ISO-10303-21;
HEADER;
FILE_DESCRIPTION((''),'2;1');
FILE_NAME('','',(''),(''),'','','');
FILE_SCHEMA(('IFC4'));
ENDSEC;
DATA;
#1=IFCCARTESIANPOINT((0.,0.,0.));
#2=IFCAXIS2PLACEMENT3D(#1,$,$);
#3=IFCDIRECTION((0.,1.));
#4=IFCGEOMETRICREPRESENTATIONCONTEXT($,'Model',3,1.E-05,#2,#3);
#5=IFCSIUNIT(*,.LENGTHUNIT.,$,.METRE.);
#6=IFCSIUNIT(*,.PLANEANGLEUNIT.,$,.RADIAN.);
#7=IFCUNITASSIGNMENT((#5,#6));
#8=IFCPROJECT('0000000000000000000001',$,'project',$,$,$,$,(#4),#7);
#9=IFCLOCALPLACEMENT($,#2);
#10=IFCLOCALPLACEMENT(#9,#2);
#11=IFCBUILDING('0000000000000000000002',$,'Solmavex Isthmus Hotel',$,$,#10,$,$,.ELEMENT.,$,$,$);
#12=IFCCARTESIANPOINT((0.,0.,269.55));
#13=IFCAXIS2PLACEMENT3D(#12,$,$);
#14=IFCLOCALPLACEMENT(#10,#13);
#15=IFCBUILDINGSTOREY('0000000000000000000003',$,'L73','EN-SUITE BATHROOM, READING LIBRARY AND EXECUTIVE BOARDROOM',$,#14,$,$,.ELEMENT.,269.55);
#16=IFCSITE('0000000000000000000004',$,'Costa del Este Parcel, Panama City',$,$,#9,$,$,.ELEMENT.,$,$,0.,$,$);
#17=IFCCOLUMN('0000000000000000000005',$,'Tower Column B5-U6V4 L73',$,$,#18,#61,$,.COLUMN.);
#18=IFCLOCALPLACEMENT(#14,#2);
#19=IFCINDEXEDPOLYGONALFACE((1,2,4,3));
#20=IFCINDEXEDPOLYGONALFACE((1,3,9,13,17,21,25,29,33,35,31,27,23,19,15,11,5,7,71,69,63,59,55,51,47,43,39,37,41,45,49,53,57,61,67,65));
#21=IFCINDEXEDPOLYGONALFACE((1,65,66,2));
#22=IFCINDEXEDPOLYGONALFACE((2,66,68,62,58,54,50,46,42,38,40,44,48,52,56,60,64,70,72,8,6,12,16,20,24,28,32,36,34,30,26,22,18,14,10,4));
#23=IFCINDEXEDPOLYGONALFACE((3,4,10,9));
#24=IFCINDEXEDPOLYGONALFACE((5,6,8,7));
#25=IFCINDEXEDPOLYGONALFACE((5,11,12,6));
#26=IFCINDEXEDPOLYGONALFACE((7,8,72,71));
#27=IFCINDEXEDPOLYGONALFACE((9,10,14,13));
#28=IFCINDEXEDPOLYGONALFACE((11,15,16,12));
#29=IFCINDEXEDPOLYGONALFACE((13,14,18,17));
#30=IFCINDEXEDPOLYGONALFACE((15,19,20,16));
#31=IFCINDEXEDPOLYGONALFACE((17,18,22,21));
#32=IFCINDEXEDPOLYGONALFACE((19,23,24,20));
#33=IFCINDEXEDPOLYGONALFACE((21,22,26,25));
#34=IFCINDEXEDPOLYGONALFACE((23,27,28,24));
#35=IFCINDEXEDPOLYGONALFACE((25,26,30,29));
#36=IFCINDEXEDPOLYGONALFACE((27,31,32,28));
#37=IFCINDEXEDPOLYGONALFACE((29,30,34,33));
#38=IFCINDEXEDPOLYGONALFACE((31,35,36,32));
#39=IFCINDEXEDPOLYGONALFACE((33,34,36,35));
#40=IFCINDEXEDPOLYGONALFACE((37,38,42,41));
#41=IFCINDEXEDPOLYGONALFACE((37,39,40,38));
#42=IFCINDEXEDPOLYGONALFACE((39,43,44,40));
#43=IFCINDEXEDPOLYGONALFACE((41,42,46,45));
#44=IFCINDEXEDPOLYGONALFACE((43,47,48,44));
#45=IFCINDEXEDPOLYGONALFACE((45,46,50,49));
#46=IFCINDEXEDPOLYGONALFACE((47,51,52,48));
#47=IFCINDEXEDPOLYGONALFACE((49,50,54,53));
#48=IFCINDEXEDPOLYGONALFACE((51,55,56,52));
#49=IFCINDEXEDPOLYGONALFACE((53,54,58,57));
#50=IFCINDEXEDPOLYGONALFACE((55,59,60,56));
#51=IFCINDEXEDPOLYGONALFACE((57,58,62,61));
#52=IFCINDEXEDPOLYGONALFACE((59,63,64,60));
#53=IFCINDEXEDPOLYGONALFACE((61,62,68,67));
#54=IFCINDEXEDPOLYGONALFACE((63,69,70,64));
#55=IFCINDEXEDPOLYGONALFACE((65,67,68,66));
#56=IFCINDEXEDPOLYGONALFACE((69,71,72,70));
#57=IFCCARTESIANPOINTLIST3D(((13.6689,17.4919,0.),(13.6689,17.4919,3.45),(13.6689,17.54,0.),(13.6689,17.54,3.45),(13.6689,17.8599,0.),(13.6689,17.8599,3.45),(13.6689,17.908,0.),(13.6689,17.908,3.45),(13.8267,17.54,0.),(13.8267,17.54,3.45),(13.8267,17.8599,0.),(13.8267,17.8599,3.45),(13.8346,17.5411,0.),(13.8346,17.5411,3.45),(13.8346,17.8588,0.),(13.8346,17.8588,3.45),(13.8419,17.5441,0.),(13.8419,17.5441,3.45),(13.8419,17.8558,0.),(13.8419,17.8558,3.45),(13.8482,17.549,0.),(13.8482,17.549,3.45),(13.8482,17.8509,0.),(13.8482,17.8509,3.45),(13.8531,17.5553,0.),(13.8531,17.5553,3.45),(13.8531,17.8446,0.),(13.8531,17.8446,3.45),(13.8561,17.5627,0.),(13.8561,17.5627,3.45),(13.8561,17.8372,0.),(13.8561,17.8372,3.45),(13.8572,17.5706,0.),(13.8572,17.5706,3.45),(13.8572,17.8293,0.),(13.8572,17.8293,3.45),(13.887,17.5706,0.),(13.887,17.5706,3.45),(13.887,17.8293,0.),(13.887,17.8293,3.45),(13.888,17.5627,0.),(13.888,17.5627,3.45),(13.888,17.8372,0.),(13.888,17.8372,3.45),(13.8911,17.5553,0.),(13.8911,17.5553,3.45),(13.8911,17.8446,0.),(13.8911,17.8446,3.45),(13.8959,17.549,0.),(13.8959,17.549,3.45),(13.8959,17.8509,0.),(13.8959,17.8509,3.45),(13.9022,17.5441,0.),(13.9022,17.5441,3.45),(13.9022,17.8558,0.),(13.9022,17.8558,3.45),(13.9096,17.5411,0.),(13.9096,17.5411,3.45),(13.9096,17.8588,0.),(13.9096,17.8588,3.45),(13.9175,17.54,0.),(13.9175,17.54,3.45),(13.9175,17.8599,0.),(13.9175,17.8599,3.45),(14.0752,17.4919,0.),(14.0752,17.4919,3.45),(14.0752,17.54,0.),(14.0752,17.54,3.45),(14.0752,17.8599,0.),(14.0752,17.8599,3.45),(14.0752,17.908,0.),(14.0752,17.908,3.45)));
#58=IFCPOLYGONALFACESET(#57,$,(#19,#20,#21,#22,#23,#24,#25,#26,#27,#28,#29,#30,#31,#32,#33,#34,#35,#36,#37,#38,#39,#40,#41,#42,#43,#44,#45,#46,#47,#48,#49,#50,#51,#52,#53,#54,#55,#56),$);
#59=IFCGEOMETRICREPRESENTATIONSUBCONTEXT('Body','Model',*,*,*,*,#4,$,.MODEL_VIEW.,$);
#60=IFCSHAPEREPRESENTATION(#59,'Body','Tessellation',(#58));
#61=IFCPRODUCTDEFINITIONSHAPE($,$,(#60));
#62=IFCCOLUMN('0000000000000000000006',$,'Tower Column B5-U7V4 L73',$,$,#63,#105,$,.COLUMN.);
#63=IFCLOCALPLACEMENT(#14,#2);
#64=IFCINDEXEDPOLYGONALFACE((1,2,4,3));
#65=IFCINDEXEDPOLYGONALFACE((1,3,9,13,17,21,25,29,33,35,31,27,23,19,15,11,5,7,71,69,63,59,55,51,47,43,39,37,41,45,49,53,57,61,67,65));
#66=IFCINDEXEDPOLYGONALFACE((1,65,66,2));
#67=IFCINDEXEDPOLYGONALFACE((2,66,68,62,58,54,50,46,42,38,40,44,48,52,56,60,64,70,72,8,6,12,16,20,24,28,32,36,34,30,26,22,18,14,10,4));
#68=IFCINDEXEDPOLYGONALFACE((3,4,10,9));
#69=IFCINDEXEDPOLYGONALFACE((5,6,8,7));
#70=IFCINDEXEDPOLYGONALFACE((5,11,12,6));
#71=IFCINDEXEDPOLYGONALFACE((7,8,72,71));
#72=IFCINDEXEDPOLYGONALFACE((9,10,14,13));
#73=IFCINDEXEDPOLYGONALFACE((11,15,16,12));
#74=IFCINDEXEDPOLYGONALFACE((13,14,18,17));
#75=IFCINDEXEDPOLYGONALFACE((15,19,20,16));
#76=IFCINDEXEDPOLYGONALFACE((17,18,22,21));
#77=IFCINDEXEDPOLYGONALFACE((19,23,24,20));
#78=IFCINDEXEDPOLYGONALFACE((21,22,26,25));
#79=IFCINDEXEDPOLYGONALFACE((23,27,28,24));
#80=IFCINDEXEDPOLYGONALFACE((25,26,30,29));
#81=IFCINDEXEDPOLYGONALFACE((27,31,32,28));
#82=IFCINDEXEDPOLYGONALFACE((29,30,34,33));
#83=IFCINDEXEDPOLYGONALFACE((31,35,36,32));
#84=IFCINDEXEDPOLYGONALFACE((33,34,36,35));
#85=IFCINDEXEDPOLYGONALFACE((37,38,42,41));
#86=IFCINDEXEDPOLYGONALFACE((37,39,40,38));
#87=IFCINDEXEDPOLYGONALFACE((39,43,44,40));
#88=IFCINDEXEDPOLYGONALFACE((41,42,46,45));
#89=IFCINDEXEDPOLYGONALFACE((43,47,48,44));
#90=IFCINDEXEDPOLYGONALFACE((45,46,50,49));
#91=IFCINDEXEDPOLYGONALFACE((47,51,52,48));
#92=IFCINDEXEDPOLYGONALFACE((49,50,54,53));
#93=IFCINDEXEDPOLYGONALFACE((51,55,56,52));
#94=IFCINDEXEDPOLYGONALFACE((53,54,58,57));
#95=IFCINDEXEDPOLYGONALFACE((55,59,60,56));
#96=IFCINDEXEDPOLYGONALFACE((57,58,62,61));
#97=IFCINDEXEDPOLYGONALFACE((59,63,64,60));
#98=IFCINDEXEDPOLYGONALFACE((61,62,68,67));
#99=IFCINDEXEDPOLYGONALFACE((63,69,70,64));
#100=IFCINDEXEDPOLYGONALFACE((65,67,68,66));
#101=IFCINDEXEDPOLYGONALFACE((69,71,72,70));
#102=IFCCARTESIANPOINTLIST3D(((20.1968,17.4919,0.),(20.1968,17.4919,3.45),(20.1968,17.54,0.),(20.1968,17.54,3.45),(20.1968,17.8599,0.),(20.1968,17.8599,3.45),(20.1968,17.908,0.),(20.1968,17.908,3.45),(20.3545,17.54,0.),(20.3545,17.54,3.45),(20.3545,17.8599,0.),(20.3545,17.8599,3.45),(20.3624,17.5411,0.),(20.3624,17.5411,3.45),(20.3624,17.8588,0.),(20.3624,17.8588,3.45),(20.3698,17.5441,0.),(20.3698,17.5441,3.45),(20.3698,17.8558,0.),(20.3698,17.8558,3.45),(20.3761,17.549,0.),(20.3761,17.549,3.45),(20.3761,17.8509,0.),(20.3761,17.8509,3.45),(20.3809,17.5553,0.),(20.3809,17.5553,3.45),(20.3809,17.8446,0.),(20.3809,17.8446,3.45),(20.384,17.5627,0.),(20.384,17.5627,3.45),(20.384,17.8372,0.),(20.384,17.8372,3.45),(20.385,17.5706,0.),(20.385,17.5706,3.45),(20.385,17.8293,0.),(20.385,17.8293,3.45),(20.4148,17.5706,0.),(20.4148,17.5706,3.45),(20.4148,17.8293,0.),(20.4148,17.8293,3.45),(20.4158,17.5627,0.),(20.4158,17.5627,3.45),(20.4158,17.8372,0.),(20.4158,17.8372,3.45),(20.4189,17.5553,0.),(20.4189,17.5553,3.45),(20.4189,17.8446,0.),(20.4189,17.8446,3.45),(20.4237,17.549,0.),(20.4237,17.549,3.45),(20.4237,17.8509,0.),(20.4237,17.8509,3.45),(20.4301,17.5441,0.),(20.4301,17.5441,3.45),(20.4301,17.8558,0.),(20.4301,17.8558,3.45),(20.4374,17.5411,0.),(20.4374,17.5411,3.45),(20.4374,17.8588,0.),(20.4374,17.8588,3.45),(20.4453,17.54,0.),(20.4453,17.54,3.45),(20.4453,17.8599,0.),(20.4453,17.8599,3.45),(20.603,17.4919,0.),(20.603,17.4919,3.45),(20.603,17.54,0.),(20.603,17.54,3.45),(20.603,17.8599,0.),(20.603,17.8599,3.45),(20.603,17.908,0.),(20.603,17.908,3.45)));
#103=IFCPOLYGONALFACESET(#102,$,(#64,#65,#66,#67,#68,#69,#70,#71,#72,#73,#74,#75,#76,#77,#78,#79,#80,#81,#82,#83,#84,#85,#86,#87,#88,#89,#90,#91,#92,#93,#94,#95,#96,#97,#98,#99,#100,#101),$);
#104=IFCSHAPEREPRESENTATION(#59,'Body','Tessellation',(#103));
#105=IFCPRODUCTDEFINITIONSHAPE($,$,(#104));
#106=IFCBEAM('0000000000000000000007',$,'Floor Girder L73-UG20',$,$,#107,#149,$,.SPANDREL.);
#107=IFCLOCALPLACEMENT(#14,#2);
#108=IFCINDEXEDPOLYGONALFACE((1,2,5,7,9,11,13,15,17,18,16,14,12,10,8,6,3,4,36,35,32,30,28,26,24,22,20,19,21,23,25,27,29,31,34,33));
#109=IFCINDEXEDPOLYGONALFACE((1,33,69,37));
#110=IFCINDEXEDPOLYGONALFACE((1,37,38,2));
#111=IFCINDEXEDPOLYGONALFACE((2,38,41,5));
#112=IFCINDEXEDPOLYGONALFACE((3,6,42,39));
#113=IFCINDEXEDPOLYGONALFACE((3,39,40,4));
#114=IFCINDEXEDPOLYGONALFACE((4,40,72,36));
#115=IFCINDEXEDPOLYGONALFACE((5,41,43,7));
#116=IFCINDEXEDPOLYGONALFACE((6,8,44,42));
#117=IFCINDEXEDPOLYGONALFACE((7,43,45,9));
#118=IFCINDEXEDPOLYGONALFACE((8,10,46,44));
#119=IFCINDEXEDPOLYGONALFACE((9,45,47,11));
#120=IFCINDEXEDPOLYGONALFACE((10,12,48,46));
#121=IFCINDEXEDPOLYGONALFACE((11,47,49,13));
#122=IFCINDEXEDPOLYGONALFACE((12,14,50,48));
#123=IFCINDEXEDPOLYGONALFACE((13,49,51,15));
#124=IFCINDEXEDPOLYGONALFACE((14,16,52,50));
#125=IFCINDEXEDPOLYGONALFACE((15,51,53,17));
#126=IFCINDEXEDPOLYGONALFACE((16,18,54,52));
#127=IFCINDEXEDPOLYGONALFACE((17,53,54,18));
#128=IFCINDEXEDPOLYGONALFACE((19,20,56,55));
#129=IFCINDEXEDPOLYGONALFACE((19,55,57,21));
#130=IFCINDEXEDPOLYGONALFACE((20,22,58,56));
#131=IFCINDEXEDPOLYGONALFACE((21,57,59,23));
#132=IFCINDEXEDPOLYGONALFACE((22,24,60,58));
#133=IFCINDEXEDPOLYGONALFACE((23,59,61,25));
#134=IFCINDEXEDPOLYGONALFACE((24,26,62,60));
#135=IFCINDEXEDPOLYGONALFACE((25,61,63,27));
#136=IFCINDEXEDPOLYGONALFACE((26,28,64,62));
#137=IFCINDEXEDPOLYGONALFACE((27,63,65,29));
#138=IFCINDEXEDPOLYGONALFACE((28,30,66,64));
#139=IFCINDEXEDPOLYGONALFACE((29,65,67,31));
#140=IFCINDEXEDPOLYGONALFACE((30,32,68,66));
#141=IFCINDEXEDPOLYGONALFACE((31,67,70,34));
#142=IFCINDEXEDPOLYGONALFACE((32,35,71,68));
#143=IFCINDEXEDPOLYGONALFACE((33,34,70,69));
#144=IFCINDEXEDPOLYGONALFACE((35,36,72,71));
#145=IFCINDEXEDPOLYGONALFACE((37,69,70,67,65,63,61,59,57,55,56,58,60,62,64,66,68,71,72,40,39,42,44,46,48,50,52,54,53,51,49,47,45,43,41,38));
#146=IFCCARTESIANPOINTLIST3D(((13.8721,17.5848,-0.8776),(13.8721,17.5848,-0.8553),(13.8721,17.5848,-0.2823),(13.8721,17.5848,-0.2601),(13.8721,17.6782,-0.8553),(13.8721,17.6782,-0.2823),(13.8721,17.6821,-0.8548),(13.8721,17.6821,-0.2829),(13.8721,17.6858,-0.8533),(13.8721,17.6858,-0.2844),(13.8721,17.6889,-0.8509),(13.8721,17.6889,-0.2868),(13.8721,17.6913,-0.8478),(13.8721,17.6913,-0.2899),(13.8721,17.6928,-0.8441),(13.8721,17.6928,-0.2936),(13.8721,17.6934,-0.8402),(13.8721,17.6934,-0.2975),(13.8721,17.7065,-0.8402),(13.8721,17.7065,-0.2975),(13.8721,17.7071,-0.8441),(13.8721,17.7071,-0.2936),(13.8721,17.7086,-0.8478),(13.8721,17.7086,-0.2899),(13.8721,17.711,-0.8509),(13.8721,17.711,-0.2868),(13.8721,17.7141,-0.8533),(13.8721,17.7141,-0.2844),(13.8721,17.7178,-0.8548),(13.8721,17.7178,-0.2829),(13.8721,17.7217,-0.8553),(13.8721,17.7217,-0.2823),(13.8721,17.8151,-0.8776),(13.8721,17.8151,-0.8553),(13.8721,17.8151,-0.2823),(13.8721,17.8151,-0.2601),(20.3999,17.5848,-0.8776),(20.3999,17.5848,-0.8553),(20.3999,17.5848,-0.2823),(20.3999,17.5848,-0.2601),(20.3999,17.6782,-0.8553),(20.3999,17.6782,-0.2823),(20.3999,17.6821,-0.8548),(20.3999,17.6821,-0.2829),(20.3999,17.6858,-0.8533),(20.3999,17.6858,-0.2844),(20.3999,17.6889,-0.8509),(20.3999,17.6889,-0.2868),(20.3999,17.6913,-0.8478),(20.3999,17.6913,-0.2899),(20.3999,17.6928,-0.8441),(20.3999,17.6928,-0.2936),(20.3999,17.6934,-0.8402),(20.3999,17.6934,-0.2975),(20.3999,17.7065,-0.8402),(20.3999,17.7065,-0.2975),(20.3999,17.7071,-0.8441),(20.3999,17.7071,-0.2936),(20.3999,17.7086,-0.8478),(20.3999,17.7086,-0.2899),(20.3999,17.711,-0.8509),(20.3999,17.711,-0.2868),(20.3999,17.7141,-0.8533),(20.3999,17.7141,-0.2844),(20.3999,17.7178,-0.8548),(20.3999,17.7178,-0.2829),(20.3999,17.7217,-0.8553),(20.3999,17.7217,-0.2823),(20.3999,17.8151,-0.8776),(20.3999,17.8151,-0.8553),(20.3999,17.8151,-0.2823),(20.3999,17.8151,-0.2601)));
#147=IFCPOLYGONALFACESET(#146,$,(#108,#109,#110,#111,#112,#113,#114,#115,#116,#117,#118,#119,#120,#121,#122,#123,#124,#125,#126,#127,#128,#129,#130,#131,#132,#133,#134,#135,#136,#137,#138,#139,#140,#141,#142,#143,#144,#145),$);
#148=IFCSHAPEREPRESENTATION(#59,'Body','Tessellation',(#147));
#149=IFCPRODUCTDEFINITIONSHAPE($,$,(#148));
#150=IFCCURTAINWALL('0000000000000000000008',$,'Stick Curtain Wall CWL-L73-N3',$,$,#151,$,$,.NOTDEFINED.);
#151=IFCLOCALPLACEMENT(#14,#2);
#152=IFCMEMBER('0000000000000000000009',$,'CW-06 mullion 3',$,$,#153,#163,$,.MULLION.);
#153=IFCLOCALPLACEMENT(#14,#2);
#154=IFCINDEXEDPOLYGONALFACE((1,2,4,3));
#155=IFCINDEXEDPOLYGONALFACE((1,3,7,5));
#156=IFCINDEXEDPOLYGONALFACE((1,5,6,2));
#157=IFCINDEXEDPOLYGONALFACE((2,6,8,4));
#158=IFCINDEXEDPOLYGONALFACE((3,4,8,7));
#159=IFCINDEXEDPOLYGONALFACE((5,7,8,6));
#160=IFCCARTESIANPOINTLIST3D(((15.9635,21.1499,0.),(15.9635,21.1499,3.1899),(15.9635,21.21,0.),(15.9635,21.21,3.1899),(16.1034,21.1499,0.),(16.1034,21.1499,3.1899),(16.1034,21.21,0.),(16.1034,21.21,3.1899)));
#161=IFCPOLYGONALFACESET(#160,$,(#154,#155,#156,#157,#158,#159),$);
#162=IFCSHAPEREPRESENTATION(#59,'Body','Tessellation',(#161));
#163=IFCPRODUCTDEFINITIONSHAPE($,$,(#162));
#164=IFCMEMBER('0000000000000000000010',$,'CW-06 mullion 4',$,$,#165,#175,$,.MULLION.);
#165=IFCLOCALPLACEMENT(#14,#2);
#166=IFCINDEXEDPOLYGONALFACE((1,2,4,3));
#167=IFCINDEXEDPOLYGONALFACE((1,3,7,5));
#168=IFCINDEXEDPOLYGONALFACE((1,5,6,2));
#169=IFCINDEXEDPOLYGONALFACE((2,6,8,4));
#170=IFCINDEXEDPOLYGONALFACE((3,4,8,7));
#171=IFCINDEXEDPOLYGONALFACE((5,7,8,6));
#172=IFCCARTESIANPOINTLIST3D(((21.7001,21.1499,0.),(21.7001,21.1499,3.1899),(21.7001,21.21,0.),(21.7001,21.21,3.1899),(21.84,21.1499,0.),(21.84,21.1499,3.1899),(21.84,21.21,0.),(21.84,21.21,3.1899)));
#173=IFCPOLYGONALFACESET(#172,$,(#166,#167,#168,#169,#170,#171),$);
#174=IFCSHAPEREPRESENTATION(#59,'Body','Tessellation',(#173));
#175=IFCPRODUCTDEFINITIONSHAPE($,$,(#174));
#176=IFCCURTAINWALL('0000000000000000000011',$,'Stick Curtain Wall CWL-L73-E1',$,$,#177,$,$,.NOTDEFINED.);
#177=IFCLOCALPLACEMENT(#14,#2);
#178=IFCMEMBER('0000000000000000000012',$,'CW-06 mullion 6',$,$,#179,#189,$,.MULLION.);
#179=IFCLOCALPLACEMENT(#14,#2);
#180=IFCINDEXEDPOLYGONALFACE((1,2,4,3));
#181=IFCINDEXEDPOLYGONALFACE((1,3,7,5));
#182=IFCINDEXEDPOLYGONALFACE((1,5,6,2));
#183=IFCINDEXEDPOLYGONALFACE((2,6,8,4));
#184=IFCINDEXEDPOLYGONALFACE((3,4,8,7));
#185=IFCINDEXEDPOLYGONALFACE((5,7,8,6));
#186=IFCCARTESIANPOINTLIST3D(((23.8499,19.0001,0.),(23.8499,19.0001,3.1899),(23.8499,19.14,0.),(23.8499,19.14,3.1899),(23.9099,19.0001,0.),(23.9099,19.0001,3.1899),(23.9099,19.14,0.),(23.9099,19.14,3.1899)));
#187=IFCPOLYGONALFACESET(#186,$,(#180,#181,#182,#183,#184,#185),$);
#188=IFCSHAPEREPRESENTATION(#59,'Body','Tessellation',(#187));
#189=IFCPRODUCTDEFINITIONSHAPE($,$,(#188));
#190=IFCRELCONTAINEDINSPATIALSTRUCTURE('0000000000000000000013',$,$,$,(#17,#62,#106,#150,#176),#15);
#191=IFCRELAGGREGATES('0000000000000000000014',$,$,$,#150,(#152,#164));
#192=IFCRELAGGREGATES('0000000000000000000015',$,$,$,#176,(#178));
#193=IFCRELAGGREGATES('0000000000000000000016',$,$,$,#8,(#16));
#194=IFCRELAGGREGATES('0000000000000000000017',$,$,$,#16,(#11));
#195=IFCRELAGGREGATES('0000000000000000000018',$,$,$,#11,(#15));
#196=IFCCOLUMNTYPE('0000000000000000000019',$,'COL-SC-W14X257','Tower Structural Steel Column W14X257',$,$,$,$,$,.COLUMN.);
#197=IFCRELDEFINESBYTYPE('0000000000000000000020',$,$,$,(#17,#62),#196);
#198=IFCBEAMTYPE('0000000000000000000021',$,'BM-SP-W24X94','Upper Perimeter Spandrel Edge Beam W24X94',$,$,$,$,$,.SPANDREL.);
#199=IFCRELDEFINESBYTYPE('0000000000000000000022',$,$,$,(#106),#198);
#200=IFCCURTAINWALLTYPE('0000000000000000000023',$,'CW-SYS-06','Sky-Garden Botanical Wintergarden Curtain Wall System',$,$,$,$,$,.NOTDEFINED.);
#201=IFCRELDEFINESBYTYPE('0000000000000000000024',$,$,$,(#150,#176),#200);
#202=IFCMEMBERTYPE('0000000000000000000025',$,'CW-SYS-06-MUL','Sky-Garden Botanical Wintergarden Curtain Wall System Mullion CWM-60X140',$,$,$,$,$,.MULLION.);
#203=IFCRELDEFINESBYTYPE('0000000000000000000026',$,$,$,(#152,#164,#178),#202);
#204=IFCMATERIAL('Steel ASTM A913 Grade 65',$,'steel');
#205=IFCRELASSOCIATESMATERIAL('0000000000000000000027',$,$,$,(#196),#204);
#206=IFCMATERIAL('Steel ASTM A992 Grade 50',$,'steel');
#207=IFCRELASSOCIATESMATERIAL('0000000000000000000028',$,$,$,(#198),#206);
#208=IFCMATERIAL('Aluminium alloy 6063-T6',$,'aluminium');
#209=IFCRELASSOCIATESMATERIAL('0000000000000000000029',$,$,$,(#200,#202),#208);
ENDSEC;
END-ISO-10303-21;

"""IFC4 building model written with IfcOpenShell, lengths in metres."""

from ifc_helpers import new_model, si_unit, direction, frame, origin, origin_2d, place, context, subcontext, project, spatial, rectangle, i_section, extrude, material, material_profile, profile_set, type_object, element, aggregate, save


model = new_model("IFC4")

# Units and contexts
model_context = context("Model", 3, precision=1e-05, world=origin(), true_north=direction((0.0, 1.0)))
body_context = subcontext(model_context, "Body", "Model", "MODEL_VIEW")
ifc_project = project(units=[si_unit("LENGTHUNIT", "METRE"), si_unit("PLANEANGLEUNIT", "RADIAN")], contexts=[model_context])

# Site, building, storey
site_placement = place(None, origin())
site = spatial("IfcSite", under=ifc_project, at=site_placement, Name="Costa del Este Parcel, Panama City", CompositionType="ELEMENT", RefElevation=0.0)
building_placement = place(site_placement, origin())
building = spatial("IfcBuilding", under=site, at=building_placement, Name="Solmavex Isthmus Hotel", CompositionType="ELEMENT")
storey_placement = place(building_placement, frame((0.0, 0.0, 269.55)))
storey = spatial("IfcBuildingStorey", under=building, at=storey_placement, Name="L73", Description="EN-SUITE BATHROOM, READING LIBRARY AND EXECUTIVE BOARDROOM", CompositionType="ELEMENT", Elevation=269.55)

# Columns
ifc_material_1 = material(Name="Steel ASTM A913 Grade 65", Category="steel")
ifc_material_profile_1 = material_profile(ifc_material_1, i_section(OverallWidth=0.4062, OverallDepth=0.416, WebThickness=0.0298, FlangeThickness=0.0481, FilletRadius=0.0305, at=origin_2d()), Name="W14X257")
ifc_profile_set_1 = profile_set([ifc_material_profile_1], Name="Steel ASTM A913 Grade 65")
column_type = type_object("IfcColumnType", Name="COL-SC-W14X257", Description="Tower Structural Steel Column W14X257", PredefinedType="COLUMN", material=ifc_profile_set_1)
for number, where, z_axis, x_axis, name in (
    (1, (13.8721, 17.7, 0.0), (0.0, 0.0, 1.0), (1.0, 0.0, 0.0), "Tower Column B5-U6V4 L73"),
    (2, (20.3999, 17.7, 0.0), (0.0, 0.0, 1.0), (1.0, 0.0, 0.0), "Tower Column B5-U7V4 L73"),
):
    element("IfcColumn", number, at=place(storey_placement, frame(where, z_axis=z_axis, x_axis=x_axis)), inside=storey, type_object=column_type, Name=name, PredefinedType="COLUMN", context=body_context, shape_type="SweptSolid", body=[
        extrude(i_section(OverallWidth=0.4062, OverallDepth=0.416, WebThickness=0.0298, FlangeThickness=0.0481, FilletRadius=0.0305, at=origin_2d()), origin(), (0.0, 0.0, 1.0), 3.45),
    ])

# Beam
ifc_material_2 = material(Name="Steel ASTM A992 Grade 50", Category="steel")
ifc_material_profile_2 = material_profile(ifc_material_2, i_section(OverallWidth=0.2302, OverallDepth=0.6174, WebThickness=0.0132, FlangeThickness=0.0222, FilletRadius=0.0151, at=origin_2d()), Name="W24X94")
ifc_profile_set_2 = profile_set([ifc_material_profile_2], Name="Steel ASTM A992 Grade 50")
beam_type = type_object("IfcBeamType", Name="BM-SP-W24X94", Description="Upper Perimeter Spandrel Edge Beam W24X94", PredefinedType="SPANDREL", material=ifc_profile_set_2)
beam_placement = place(storey_placement, frame((13.8721, 17.7, -0.5688), z_axis=(1.0, 0.0, 0.0), x_axis=(0.0, 1.0, 0.0)))
element("IfcBeam", 3, at=beam_placement, inside=storey, type_object=beam_type, Name="Floor Girder L73-UG20", PredefinedType="SPANDREL", context=body_context, shape_type="SweptSolid", body=[
    extrude(i_section(OverallWidth=0.2302, OverallDepth=0.6174, WebThickness=0.0132, FlangeThickness=0.0222, FilletRadius=0.0151, at=origin_2d()), origin(), (0.0, 0.0, 1.0), 6.5278),
])

# Curtain wall, members
ifc_material_3 = material(Name="Aluminium alloy 6063-T6", Category="aluminium")
curtain_wall_type = type_object("IfcCurtainWallType", Name="CW-SYS-06", Description="Sky-Garden Botanical Wintergarden Curtain Wall System", PredefinedType="NOTDEFINED", material=ifc_material_3)
curtain_wall_1_placement = place(storey_placement, origin())
curtain_wall_1 = element("IfcCurtainWall", 4, at=curtain_wall_1_placement, inside=storey, type_object=curtain_wall_type, Name="Stick Curtain Wall CWL-L73-N3", PredefinedType="NOTDEFINED")
ifc_material_profile_3 = material_profile(ifc_material_3, rectangle(XDim=0.0601, YDim=0.1399, at=origin_2d()), Name="CWM-60X140")
ifc_profile_set_3 = profile_set([ifc_material_profile_3], Name="Aluminium alloy 6063-T6")
member_type_1 = type_object("IfcMemberType", Name="CW-SYS-06-MUL", Description="Sky-Garden Botanical Wintergarden Curtain Wall System Mullion CWM-60X140", PredefinedType="MULLION", material=ifc_profile_set_3)
member_1_placement = place(storey_placement, frame((16.0334, 21.1799, 0.0), z_axis=(0.0, 0.0, 1.0), x_axis=(0.0, 1.0, 0.0)))
member_1 = element("IfcMember", 5, at=member_1_placement, type_object=member_type_1, Name="CW-06 mullion 3", PredefinedType="MULLION", context=body_context, shape_type="SweptSolid", body=[
    extrude(rectangle(XDim=0.0601, YDim=0.1399, at=origin_2d()), origin(), (0.0, 0.0, 1.0), 3.1899),
])
member_2_placement = place(storey_placement, frame((21.77, 21.1799, 0.0), z_axis=(0.0, 0.0, 1.0), x_axis=(0.0, 1.0, 0.0)))
member_2 = element("IfcMember", 6, at=member_2_placement, type_object=member_type_1, Name="CW-06 mullion 4", PredefinedType="MULLION", context=body_context, shape_type="SweptSolid", body=[
    extrude(rectangle(XDim=0.0601, YDim=0.1399, at=origin_2d()), origin(), (0.0, 0.0, 1.0), 3.1899),
])

# Curtain wall, member
curtain_wall_2_placement = place(storey_placement, origin())
curtain_wall_2 = element("IfcCurtainWall", 7, at=curtain_wall_2_placement, inside=storey, type_object=curtain_wall_type, Name="Stick Curtain Wall CWL-L73-E1", PredefinedType="NOTDEFINED")
member_3_placement = place(storey_placement, frame((23.8799, 19.0701, 0.0), z_axis=(0.0, 0.0, 1.0), x_axis=(-1.0, 0.0, 0.0)))
member_3 = element("IfcMember", 8, at=member_3_placement, type_object=member_type_1, Name="CW-06 mullion 6", PredefinedType="MULLION", context=body_context, shape_type="SweptSolid", body=[
    extrude(rectangle(XDim=0.0601, YDim=0.1399, at=origin_2d()), origin(), (0.0, 0.0, 1.0), 3.1899),
])

aggregate(curtain_wall_1, [member_1, member_2])
aggregate(curtain_wall_2, [member_3])

save(model, "model.ifc")
